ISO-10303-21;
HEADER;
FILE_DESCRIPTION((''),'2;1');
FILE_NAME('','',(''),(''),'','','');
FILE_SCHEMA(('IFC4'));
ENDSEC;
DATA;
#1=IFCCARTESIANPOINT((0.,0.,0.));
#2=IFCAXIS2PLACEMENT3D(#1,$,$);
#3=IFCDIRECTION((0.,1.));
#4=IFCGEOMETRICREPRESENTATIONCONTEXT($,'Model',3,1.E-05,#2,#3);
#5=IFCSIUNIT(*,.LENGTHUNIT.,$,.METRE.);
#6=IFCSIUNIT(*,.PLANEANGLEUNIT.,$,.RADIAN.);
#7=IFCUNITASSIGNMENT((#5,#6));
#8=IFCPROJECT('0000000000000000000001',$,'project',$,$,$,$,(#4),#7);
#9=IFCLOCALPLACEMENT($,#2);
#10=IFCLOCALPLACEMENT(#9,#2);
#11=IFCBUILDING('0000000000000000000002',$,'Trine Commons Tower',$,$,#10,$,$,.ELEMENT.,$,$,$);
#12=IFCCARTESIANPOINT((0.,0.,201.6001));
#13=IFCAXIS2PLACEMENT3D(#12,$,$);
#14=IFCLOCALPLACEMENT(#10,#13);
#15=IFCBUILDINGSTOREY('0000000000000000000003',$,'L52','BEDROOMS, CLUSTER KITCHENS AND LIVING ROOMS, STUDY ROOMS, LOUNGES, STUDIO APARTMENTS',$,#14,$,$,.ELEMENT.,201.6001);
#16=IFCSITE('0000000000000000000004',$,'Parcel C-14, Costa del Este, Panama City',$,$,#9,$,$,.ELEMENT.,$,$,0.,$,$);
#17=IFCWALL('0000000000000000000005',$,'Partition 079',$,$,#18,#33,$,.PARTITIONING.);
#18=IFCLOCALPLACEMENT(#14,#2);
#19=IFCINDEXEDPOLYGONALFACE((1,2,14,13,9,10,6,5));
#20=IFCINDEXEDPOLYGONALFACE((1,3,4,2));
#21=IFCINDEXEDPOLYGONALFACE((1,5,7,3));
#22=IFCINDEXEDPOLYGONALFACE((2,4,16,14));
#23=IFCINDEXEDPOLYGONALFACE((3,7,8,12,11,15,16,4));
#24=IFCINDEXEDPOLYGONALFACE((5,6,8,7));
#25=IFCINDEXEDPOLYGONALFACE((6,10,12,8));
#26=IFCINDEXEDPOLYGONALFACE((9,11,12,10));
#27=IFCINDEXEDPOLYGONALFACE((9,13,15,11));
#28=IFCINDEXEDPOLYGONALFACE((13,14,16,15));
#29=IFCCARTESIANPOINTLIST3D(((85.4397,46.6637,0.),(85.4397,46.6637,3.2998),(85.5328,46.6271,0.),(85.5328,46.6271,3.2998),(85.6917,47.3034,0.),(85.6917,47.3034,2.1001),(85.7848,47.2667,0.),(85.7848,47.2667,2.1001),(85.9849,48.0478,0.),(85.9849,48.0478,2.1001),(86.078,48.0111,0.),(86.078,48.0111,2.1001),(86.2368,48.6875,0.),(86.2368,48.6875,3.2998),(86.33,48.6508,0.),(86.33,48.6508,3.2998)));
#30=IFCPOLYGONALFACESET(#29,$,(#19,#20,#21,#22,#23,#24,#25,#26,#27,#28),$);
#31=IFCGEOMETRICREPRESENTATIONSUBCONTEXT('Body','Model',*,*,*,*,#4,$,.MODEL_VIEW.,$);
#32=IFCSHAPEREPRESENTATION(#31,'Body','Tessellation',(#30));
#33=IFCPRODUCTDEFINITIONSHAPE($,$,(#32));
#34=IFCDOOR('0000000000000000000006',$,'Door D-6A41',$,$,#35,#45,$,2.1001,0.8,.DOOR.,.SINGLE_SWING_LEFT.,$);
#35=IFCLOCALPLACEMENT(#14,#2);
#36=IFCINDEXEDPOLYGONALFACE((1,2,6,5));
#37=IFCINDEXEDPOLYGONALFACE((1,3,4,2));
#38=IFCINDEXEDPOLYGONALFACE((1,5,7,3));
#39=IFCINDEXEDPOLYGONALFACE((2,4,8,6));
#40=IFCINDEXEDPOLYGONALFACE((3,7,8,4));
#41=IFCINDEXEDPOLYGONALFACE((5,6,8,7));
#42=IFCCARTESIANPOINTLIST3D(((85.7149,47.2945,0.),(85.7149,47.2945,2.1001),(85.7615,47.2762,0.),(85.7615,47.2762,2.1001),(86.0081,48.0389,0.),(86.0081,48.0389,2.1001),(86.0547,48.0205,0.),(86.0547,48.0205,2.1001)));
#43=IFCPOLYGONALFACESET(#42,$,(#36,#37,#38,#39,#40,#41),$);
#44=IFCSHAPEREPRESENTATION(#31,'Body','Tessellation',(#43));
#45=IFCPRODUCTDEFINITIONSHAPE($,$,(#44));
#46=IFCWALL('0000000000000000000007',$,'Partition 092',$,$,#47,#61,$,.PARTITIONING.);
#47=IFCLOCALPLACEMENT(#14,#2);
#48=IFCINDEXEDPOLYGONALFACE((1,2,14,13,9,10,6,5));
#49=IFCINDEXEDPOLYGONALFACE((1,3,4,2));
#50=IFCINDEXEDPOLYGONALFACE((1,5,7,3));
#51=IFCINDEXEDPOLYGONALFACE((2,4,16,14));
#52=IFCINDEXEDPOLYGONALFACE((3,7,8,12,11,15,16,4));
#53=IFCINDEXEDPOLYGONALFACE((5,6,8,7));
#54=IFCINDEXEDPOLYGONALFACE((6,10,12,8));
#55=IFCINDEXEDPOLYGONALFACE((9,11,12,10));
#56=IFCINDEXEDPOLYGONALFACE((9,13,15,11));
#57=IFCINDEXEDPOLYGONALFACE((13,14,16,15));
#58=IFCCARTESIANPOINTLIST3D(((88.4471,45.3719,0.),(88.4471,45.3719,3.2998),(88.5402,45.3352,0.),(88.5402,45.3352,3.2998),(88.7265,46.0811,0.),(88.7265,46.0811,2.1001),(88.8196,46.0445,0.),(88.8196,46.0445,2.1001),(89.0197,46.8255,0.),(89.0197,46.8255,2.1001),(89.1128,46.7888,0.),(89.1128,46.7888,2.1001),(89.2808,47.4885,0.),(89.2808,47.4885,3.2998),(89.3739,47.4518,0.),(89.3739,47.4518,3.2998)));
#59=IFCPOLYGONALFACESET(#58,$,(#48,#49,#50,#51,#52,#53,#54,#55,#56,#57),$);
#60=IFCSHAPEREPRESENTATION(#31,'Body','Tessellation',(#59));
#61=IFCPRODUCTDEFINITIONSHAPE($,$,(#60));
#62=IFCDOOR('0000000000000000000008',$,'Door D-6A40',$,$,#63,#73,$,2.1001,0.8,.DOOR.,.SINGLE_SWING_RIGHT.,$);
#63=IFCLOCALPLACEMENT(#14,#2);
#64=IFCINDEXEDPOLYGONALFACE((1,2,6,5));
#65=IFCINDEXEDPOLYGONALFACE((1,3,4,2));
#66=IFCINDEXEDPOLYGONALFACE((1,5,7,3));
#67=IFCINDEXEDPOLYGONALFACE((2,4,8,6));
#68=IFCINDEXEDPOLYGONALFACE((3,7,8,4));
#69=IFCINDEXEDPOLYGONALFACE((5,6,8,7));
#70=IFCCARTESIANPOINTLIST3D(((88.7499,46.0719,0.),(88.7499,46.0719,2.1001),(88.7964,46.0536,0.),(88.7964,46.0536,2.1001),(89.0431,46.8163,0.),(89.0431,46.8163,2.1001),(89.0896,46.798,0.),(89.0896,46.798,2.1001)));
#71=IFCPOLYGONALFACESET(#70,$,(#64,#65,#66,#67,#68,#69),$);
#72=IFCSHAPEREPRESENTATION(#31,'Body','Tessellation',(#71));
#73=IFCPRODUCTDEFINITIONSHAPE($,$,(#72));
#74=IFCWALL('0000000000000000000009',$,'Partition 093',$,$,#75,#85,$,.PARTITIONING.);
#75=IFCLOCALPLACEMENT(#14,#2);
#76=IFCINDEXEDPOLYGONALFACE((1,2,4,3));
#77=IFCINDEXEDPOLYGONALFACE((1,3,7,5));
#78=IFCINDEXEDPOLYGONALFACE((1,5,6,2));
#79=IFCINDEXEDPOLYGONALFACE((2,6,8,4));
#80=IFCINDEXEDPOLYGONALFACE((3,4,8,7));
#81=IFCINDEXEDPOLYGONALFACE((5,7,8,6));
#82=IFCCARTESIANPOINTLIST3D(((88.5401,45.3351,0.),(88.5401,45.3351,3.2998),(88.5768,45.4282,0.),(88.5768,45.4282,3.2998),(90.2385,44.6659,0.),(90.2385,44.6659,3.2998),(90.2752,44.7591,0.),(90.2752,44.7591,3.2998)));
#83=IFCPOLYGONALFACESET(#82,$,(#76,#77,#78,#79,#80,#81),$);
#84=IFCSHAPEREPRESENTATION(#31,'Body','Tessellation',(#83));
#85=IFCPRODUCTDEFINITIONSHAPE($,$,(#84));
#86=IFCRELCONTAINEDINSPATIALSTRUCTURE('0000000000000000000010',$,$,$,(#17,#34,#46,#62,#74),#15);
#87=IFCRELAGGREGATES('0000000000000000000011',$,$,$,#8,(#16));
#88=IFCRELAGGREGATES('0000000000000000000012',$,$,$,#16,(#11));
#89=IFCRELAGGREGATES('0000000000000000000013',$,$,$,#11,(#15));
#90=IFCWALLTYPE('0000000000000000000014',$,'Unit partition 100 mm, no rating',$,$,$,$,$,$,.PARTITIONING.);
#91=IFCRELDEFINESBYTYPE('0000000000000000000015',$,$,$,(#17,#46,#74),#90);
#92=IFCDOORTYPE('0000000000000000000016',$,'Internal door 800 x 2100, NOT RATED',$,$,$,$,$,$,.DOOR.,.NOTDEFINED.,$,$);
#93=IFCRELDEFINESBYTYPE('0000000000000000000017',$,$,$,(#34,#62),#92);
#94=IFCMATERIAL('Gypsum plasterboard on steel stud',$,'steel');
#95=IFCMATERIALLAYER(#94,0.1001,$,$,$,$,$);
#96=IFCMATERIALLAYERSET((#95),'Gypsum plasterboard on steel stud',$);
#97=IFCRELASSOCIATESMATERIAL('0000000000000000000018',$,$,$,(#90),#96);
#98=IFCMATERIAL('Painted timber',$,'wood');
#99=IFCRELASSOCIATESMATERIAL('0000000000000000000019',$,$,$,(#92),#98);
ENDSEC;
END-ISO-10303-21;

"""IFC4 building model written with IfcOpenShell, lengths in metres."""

from ifc_helpers import new_model, si_unit, direction, frame, frame_2d, origin, place, context, subcontext, project, spatial, rectangle, extrude, material, layer, layer_set, type_object, element, fill, save


model = new_model("IFC4")

# Units and contexts
model_context = context("Model", 3, precision=1e-05, world=origin(), true_north=direction((0.0, 1.0)))
body_context = subcontext(model_context, "Body", "Model", "MODEL_VIEW")
ifc_project = project(units=[si_unit("LENGTHUNIT", "METRE"), si_unit("PLANEANGLEUNIT", "RADIAN")], contexts=[model_context])

# Site, building, storey
site_placement = place(None, origin())
site = spatial("IfcSite", under=ifc_project, at=site_placement, Name="Parcel C-14, Costa del Este, Panama City", CompositionType="ELEMENT", RefElevation=0.0)
building_placement = place(site_placement, origin())
building = spatial("IfcBuilding", under=site, at=building_placement, Name="Trine Commons Tower", CompositionType="ELEMENT")
storey_placement = place(building_placement, frame((0.0, 0.0, 201.6001)))
storey = spatial("IfcBuildingStorey", under=building, at=storey_placement, Name="L52", Description="BEDROOMS, CLUSTER KITCHENS AND LIVING ROOMS, STUDY ROOMS, LOUNGES, STUDIO APARTMENTS", CompositionType="ELEMENT", Elevation=201.6001)

# Shared definitions
ifc_material_1 = material(Name="Gypsum plasterboard on steel stud", Category="steel")

# Shared definitions
ifc_layer_1 = layer(ifc_material_1, 0.1001)
ifc_layer_set_1 = layer_set([ifc_layer_1], Name="Gypsum plasterboard on steel stud")
wall_type_1 = type_object("IfcWallType", Name="Unit partition 100 mm, no rating", PredefinedType="PARTITIONING", material=ifc_layer_set_1)

# Shared definitions
ifc_material_2 = material(Name="Painted timber", Category="wood")

# Walls, openings, doors
wall_1_placement = place(storey_placement, frame((85.4863, 46.6455, 0.0), z_axis=(0.0, 0.0, 1.0), x_axis=(0.366489, 0.930422, 0.0)))
wall_1 = element("IfcWall", 1, at=wall_1_placement, inside=storey, type_object=wall_type_1, Name="Partition 079", PredefinedType="PARTITIONING", context=body_context, shape_type="SweptSolid", body=[
    extrude(rectangle(XDim=2.175, YDim=0.1001, at=frame_2d((1.0874, 0.0))), origin(), (0.0, 0.0, 1.0), 3.2998),
])
opening_1_placement = place(wall_1_placement, frame((0.6875, 0.0, 0.0)))
opening_1 = element("IfcOpeningElement", 2, at=opening_1_placement, cuts=wall_1, PredefinedType="OPENING", context=body_context, shape_type="SweptSolid", body=[
    extrude(rectangle(XDim=0.8, YDim=2.1001, at=frame_2d((0.3999, 1.05))), frame((0.0, 0.0601, 0.0), z_axis=(0.0, -1.0, 0.0), x_axis=(1.0, 0.0, 0.0)), (0.0, 0.0, 1.0), 0.1201),
])
door_type_1 = type_object("IfcDoorType", Name="Internal door 800 x 2100, NOT RATED", OperationType="NOTDEFINED", PredefinedType="DOOR", material=ifc_material_2)
door_1_placement = place(opening_1_placement, frame((0.8, 0.0, 0.0), z_axis=(0.0, 0.0, 1.0), x_axis=(-1.0, 0.0, 0.0)))
door_1 = element("IfcDoor", 3, at=door_1_placement, inside=storey, type_object=door_type_1, Name="Door D-6A41", OperationType="SINGLE_SWING_LEFT", OverallHeight=2.1001, OverallWidth=0.8, PredefinedType="DOOR", context=body_context, shape_type="SweptSolid", body=[
    extrude(rectangle(XDim=0.8, YDim=2.1001, at=frame_2d((0.3999, 1.05))), frame((0.0, 0.0249, 0.0), z_axis=(0.0, -1.0, 0.0), x_axis=(1.0, 0.0, 0.0)), (0.0, 0.0, 1.0), 0.05),
])
fill(opening_1, door_1)
wall_2_placement = place(storey_placement, frame((88.4937, 45.3535, 0.0), z_axis=(0.0, 0.0, 1.0), x_axis=(0.366482, 0.930425, 0.0)))
wall_2 = element("IfcWall", 4, at=wall_2_placement, inside=storey, type_object=wall_type_1, Name="Partition 092", PredefinedType="PARTITIONING", context=body_context, shape_type="SweptSolid", body=[
    extrude(rectangle(XDim=2.2749, YDim=0.1001, at=frame_2d((1.1375, 0.0))), origin(), (0.0, 0.0, 1.0), 3.2998),
])
opening_2_placement = place(wall_2_placement, frame((0.7625, 0.0, 0.0)))
opening_2 = element("IfcOpeningElement", 5, at=opening_2_placement, cuts=wall_2, PredefinedType="OPENING", context=body_context, shape_type="SweptSolid", body=[
    extrude(rectangle(XDim=0.8, YDim=2.1001, at=frame_2d((0.3999, 1.05))), frame((0.0, 0.0601, 0.0), z_axis=(0.0, -1.0, 0.0), x_axis=(1.0, 0.0, 0.0)), (0.0, 0.0, 1.0), 0.1201),
])
door_2_placement = place(opening_2_placement, origin())
door_2 = element("IfcDoor", 6, at=door_2_placement, inside=storey, type_object=door_type_1, Name="Door D-6A40", OperationType="SINGLE_SWING_RIGHT", OverallHeight=2.1001, OverallWidth=0.8, PredefinedType="DOOR", context=body_context, shape_type="SweptSolid", body=[
    extrude(rectangle(XDim=0.8, YDim=2.1001, at=frame_2d((0.3999, 1.05))), frame((0.0, 0.0249, 0.0), z_axis=(0.0, -1.0, 0.0), x_axis=(1.0, 0.0, 0.0)), (0.0, 0.0, 1.0), 0.05),
])
fill(opening_2, door_2)

# Wall
wall_3_placement = place(storey_placement, frame((88.5586, 45.3816, 0.0), z_axis=(0.0, 0.0, 1.0), x_axis=(0.930392, -0.366567, 0.0)))
element("IfcWall", 7, at=wall_3_placement, inside=storey, type_object=wall_type_1, Name="Partition 093", PredefinedType="PARTITIONING", context=body_context, shape_type="SweptSolid", body=[
    extrude(rectangle(XDim=1.8254, YDim=0.1001, at=frame_2d((0.9126, 0.0))), origin(), (0.0, 0.0, 1.0), 3.2998),
])

save(model, "model.ifc")
